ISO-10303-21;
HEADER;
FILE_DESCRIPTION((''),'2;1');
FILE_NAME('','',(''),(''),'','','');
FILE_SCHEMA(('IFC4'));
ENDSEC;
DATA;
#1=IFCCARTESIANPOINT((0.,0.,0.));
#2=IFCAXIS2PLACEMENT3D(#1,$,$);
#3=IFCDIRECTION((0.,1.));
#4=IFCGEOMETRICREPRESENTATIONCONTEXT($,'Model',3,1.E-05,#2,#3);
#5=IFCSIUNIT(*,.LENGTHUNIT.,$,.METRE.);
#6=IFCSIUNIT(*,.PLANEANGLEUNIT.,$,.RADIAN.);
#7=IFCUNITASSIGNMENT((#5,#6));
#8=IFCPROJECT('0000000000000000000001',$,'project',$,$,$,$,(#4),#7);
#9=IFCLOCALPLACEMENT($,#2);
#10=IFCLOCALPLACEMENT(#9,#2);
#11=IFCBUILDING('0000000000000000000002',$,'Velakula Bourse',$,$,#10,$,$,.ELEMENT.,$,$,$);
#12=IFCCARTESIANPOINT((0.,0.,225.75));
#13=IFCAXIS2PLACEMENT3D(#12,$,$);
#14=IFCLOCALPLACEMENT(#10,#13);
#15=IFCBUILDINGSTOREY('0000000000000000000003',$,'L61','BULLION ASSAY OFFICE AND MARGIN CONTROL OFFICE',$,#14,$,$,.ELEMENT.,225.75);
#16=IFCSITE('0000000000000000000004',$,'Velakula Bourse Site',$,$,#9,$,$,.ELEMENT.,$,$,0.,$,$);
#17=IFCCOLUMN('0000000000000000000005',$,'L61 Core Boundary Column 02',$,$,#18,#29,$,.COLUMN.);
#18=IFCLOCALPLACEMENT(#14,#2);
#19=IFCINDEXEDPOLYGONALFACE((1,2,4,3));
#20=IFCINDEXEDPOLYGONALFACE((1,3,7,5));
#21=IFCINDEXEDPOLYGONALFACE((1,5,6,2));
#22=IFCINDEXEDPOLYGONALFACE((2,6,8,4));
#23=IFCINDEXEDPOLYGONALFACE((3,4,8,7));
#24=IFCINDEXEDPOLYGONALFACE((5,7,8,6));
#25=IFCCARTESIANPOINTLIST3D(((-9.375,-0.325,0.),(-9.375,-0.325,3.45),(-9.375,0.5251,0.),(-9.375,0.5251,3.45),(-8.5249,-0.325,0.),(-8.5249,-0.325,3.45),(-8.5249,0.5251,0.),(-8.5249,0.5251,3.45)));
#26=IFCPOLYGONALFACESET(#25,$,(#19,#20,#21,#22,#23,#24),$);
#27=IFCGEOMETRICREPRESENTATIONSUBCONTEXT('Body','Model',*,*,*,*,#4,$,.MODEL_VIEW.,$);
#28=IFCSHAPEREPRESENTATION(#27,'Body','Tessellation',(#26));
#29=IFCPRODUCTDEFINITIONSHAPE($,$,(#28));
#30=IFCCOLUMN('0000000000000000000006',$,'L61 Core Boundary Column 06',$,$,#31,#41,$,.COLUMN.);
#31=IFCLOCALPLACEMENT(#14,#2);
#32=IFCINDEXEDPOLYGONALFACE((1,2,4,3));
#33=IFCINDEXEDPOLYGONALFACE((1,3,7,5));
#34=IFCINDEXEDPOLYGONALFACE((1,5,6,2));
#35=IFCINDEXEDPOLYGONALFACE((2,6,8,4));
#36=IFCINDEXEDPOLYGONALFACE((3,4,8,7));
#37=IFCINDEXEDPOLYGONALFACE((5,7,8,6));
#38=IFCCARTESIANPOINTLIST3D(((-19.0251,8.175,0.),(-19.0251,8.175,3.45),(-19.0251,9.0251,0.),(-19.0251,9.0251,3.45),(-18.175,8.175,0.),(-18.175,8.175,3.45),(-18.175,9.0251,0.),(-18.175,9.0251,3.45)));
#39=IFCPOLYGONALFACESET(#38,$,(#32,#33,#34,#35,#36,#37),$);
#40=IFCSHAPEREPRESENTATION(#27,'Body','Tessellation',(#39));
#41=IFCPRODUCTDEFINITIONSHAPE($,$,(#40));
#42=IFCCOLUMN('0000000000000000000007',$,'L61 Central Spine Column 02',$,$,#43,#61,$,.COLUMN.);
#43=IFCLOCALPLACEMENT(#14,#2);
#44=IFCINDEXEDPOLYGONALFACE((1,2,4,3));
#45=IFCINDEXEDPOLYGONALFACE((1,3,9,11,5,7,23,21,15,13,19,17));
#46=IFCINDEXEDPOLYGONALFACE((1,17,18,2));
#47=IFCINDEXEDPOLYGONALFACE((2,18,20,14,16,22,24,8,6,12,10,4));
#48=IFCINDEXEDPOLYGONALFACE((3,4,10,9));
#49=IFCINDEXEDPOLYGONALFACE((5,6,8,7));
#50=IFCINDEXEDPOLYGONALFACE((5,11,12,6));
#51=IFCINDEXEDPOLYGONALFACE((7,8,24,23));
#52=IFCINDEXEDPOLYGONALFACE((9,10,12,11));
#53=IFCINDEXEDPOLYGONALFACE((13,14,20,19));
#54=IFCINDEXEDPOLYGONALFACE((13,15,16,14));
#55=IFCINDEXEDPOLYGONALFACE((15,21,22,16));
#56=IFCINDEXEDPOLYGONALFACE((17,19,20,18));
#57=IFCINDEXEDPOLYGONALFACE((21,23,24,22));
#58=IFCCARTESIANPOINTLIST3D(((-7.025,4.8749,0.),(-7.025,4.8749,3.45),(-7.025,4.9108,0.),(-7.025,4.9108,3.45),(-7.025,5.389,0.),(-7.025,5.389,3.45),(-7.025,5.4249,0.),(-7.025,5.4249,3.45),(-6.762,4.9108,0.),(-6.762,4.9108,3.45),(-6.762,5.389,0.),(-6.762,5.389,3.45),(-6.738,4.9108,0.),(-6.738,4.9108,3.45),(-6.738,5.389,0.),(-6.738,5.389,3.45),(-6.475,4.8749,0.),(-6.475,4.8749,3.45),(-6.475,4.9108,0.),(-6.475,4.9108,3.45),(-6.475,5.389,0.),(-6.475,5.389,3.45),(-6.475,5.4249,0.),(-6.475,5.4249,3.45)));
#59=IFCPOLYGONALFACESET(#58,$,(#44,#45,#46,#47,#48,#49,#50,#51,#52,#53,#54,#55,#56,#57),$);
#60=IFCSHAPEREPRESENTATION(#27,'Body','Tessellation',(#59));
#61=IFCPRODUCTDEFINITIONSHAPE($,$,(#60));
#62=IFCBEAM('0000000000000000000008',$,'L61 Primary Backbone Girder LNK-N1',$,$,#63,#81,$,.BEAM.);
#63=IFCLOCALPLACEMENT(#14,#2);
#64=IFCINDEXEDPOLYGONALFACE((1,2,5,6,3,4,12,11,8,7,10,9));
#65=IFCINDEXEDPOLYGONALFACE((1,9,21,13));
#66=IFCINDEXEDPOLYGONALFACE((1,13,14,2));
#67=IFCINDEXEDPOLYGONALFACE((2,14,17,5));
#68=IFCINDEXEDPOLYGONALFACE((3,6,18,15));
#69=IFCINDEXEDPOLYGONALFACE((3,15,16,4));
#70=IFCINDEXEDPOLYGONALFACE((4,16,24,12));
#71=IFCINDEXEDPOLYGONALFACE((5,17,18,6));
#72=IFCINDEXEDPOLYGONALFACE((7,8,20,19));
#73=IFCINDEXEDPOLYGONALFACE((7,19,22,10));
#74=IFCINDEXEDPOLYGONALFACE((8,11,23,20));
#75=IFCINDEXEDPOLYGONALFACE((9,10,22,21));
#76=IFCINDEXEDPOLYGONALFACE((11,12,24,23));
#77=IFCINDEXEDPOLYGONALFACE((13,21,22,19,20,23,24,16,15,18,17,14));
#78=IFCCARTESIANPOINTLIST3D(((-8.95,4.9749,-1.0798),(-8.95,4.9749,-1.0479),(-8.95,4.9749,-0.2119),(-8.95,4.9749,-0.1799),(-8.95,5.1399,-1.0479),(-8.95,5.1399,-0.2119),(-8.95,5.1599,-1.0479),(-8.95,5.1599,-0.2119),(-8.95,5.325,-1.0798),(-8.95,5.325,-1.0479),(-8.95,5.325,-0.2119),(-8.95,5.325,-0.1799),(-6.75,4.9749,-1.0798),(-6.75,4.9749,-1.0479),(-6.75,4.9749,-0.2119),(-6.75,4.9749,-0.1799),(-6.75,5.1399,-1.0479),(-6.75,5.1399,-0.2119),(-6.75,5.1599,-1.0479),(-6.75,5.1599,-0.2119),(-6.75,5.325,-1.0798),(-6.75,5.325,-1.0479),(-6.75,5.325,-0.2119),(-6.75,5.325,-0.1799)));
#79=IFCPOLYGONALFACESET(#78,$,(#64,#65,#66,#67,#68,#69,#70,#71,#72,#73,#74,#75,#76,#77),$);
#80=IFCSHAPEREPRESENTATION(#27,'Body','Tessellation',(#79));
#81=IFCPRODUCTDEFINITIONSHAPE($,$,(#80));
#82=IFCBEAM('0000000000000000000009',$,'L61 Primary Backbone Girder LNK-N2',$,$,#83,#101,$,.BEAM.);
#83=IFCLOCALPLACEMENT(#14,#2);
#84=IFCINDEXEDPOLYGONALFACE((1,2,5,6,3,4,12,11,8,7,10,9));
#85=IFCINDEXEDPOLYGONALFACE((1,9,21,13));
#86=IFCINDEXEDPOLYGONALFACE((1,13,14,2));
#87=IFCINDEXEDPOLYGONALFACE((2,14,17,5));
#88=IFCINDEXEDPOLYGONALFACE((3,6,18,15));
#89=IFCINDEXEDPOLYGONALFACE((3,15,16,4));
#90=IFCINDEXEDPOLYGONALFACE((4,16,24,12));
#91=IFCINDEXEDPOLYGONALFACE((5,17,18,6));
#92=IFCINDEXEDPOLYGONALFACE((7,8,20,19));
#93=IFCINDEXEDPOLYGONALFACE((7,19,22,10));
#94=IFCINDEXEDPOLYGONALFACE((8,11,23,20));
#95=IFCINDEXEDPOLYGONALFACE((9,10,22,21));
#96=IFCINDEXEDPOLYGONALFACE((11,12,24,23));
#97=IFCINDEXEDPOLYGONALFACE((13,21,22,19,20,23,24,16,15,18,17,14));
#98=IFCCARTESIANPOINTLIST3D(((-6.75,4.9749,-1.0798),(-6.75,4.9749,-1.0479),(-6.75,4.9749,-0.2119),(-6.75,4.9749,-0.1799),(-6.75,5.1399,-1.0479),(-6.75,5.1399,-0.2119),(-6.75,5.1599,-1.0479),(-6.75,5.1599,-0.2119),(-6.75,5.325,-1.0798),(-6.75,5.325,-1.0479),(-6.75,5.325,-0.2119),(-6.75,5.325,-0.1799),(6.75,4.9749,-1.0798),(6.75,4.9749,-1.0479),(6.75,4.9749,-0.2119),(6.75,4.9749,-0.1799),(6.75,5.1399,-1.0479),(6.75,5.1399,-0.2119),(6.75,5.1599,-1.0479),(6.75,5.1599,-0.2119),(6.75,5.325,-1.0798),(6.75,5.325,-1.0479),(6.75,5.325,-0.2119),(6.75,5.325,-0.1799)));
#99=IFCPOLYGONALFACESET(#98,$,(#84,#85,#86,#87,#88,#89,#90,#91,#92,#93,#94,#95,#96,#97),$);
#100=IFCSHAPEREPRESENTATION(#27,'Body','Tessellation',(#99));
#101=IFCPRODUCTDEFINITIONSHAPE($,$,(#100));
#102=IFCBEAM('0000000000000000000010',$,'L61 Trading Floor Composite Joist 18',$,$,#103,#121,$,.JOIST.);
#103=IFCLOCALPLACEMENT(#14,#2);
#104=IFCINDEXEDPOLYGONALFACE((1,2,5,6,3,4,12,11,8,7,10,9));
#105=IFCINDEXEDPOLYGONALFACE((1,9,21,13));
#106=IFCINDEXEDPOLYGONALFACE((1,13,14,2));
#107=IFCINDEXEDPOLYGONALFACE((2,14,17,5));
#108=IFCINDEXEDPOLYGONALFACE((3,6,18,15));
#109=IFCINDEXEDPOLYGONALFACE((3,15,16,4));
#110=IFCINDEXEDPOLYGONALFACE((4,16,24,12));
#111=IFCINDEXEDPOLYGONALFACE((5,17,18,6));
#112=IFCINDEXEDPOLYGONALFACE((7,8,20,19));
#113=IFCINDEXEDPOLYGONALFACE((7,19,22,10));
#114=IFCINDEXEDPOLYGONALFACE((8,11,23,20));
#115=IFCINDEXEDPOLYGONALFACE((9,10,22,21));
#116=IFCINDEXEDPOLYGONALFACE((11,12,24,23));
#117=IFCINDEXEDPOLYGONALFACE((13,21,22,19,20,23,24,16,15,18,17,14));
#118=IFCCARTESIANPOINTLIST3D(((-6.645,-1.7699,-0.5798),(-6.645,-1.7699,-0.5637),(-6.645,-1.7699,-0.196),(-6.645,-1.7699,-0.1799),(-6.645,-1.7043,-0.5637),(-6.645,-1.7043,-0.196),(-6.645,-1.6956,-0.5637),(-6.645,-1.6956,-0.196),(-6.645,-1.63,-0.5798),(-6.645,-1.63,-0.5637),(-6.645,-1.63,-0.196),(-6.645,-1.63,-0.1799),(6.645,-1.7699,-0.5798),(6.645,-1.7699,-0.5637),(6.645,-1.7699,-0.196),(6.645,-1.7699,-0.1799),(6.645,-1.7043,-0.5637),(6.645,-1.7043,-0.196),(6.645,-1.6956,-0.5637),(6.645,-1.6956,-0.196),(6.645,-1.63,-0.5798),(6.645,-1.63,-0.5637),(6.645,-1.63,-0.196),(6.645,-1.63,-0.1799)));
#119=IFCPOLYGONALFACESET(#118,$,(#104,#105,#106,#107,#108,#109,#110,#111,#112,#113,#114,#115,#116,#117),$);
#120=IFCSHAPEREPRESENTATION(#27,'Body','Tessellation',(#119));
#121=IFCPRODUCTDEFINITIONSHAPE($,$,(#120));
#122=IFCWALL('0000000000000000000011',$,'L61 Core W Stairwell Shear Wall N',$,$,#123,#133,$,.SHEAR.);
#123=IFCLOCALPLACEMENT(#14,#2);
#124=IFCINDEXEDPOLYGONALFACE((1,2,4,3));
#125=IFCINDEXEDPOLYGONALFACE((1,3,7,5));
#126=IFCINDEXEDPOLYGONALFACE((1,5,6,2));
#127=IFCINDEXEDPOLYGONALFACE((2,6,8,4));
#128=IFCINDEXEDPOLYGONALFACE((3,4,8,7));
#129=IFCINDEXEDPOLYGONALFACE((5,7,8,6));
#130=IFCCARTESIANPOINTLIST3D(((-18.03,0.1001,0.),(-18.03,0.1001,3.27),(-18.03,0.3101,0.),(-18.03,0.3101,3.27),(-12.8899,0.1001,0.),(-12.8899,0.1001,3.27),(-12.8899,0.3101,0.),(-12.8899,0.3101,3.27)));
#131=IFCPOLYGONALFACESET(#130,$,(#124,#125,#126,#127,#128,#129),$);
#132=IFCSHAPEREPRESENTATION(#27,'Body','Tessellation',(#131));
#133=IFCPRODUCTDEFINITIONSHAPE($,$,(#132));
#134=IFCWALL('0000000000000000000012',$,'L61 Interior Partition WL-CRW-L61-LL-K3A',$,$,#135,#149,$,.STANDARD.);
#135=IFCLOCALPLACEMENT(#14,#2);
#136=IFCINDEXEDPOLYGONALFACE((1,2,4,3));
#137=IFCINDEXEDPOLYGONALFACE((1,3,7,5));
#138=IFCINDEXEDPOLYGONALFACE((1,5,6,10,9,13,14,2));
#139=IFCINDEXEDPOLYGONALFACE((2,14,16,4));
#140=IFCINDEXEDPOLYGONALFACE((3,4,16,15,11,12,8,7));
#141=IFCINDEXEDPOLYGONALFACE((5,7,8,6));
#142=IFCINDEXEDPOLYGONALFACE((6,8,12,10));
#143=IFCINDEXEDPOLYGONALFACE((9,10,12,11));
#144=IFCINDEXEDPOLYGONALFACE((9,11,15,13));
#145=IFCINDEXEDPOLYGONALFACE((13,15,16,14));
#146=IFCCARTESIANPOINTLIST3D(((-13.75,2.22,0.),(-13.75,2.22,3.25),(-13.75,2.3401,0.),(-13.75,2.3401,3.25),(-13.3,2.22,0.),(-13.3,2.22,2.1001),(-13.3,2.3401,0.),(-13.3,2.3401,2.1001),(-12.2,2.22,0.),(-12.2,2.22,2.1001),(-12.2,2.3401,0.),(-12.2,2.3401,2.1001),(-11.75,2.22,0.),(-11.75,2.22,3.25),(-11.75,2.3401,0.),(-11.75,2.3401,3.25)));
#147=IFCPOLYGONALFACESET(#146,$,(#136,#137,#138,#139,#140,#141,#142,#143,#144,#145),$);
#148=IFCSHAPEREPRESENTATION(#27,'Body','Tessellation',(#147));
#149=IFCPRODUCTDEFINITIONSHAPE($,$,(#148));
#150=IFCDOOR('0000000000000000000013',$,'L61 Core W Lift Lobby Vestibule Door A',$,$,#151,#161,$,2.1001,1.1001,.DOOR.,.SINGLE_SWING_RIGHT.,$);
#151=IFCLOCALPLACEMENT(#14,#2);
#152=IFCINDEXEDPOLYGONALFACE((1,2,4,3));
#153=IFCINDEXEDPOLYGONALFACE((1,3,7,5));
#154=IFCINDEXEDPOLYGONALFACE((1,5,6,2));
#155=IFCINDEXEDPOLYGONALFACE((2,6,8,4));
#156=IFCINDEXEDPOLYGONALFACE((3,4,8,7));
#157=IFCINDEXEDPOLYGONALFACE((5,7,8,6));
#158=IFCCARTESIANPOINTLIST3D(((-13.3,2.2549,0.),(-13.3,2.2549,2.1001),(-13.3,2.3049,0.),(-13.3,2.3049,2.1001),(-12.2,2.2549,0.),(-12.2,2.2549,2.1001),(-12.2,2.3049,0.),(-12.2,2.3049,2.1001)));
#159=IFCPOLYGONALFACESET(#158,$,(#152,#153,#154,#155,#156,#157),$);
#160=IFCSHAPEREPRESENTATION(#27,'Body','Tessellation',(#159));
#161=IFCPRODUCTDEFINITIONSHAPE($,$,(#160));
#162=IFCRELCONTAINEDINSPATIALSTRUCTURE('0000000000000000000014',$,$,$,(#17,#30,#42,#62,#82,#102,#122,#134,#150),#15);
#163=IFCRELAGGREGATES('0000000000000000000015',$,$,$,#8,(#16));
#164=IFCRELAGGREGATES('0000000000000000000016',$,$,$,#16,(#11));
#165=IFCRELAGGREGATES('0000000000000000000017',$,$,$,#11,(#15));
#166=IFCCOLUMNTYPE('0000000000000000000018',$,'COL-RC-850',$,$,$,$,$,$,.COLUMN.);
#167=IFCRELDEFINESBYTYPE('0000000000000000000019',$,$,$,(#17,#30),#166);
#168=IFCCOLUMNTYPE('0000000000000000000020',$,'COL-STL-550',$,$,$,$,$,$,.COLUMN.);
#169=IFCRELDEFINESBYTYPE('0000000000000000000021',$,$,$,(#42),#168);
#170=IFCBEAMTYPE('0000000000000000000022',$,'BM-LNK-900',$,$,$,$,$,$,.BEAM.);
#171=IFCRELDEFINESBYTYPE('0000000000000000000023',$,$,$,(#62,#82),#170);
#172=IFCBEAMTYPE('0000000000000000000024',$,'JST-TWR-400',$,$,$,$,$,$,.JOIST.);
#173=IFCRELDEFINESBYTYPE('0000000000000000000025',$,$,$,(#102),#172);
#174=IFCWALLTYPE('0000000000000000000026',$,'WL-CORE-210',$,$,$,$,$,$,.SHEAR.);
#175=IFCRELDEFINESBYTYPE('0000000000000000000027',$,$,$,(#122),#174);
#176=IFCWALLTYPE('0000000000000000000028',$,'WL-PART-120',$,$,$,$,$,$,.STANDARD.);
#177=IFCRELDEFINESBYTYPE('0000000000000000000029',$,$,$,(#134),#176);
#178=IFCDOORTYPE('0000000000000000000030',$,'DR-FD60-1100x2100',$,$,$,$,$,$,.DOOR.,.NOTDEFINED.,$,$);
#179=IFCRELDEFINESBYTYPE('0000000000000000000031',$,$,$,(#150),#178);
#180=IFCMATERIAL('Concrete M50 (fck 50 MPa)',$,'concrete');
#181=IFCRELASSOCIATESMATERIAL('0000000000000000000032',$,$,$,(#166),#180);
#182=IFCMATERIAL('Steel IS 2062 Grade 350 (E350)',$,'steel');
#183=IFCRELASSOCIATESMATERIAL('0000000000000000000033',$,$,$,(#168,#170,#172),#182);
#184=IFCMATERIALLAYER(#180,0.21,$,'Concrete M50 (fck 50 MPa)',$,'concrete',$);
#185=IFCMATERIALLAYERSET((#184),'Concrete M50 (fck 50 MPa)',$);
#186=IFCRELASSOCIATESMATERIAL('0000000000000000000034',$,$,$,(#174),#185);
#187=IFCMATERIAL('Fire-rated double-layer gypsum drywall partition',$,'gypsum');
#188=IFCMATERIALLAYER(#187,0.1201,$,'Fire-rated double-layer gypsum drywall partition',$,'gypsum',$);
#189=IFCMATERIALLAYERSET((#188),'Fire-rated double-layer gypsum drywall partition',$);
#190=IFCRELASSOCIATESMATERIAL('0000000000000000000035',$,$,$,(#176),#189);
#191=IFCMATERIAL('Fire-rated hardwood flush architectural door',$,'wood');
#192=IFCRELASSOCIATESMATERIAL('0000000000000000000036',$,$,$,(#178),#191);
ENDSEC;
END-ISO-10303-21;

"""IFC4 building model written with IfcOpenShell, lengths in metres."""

from ifc_helpers import new_model, si_unit, direction, frame, frame_2d, origin, origin_2d, place, context, subcontext, project, spatial, rectangle, i_section, extrude, material, layer, layer_set, material_profile, profile_set, type_object, element, fill, save


model = new_model("IFC4")

# Units and contexts
model_context = context("Model", 3, precision=1e-05, world=origin(), true_north=direction((0.0, 1.0)))
body_context = subcontext(model_context, "Body", "Model", "MODEL_VIEW")
ifc_project = project(units=[si_unit("LENGTHUNIT", "METRE"), si_unit("PLANEANGLEUNIT", "RADIAN")], contexts=[model_context])

# Site, building, storey
site_placement = place(None, origin())
site = spatial("IfcSite", under=ifc_project, at=site_placement, Name="Velakula Bourse Site", CompositionType="ELEMENT", RefElevation=0.0)
building_placement = place(site_placement, origin())
building = spatial("IfcBuilding", under=site, at=building_placement, Name="Velakula Bourse", CompositionType="ELEMENT")
storey_placement = place(building_placement, frame((0.0, 0.0, 225.75)))
storey = spatial("IfcBuildingStorey", under=building, at=storey_placement, Name="L61", Description="BULLION ASSAY OFFICE AND MARGIN CONTROL OFFICE", CompositionType="ELEMENT", Elevation=225.75)

# Columns
ifc_material_1 = material(Name="Concrete M50 (fck 50 MPa)", Category="concrete")
ifc_material_profile_1 = material_profile(ifc_material_1, rectangle(XDim=0.8501, YDim=0.8501, at=origin_2d()), Name="Concrete M50 (fck 50 MPa)")
ifc_profile_set_1 = profile_set([ifc_material_profile_1], Name="Concrete M50 (fck 50 MPa)")
column_type_1 = type_object("IfcColumnType", Name="COL-RC-850", PredefinedType="COLUMN", material=ifc_profile_set_1)
for number, where, z_axis, x_axis, name in (
    (1, (-8.95, 0.1001, 0.0), (0.0, 0.0, 1.0), (1.0, 0.0, 0.0), "L61 Core Boundary Column 02"),
    (2, (-18.6001, 8.6001, 0.0), (0.0, 0.0, 1.0), (1.0, 0.0, 0.0), "L61 Core Boundary Column 06"),
):
    element("IfcColumn", number, at=place(storey_placement, frame(where, z_axis=z_axis, x_axis=x_axis)), inside=storey, type_object=column_type_1, Name=name, PredefinedType="COLUMN", context=body_context, shape_type="SweptSolid", body=[
        extrude(rectangle(XDim=0.8501, YDim=0.8501, at=origin_2d()), origin(), (0.0, 0.0, 1.0), 3.45),
    ])
ifc_material_2 = material(Name="Steel IS 2062 Grade 350 (E350)", Category="steel")
ifc_material_profile_2 = material_profile(ifc_material_2, i_section(OverallWidth=0.55, OverallDepth=0.55, WebThickness=0.0239, FlangeThickness=0.0359, at=origin_2d()), Name="Steel IS 2062 Grade 350 (E350)")
ifc_profile_set_2 = profile_set([ifc_material_profile_2], Name="Steel IS 2062 Grade 350 (E350)")
column_type_2 = type_object("IfcColumnType", Name="COL-STL-550", PredefinedType="COLUMN", material=ifc_profile_set_2)
column_placement = place(storey_placement, frame((-6.75, 5.1499, 0.0), z_axis=(0.0, 0.0, 1.0), x_axis=(1.0, 0.0, 0.0)))
element("IfcColumn", 3, at=column_placement, inside=storey, type_object=column_type_2, Name="L61 Central Spine Column 02", PredefinedType="COLUMN", context=body_context, shape_type="SweptSolid", body=[
    extrude(i_section(OverallWidth=0.55, OverallDepth=0.55, WebThickness=0.0239, FlangeThickness=0.0359, at=origin_2d()), origin(), (0.0, 0.0, 1.0), 3.45),
])

# Beams
ifc_material_profile_3 = material_profile(ifc_material_2, i_section(OverallWidth=0.3501, OverallDepth=0.8999, WebThickness=0.02, FlangeThickness=0.032, at=origin_2d()), Name="Steel IS 2062 Grade 350 (E350)")
ifc_profile_set_3 = profile_set([ifc_material_profile_3], Name="Steel IS 2062 Grade 350 (E350)")
beam_type_1 = type_object("IfcBeamType", Name="BM-LNK-900", PredefinedType="BEAM", material=ifc_profile_set_3)
beam_1_placement = place(storey_placement, frame((-8.95, 5.1499, -0.6299), z_axis=(1.0, 0.0, 0.0), x_axis=(0.0, 1.0, 0.0)))
element("IfcBeam", 4, at=beam_1_placement, inside=storey, type_object=beam_type_1, Name="L61 Primary Backbone Girder LNK-N1", PredefinedType="BEAM", context=body_context, shape_type="SweptSolid", body=[
    extrude(i_section(OverallWidth=0.3501, OverallDepth=0.8999, WebThickness=0.02, FlangeThickness=0.032, at=origin_2d()), origin(), (0.0, 0.0, 1.0), 2.2),
])
beam_2_placement = place(storey_placement, frame((-6.75, 5.1499, -0.6299), z_axis=(1.0, 0.0, 0.0), x_axis=(0.0, 1.0, 0.0)))
element("IfcBeam", 5, at=beam_2_placement, inside=storey, type_object=beam_type_1, Name="L61 Primary Backbone Girder LNK-N2", PredefinedType="BEAM", context=body_context, shape_type="SweptSolid", body=[
    extrude(i_section(OverallWidth=0.3501, OverallDepth=0.8999, WebThickness=0.02, FlangeThickness=0.032, at=origin_2d()), origin(), (0.0, 0.0, 1.0), 13.5),
])
ifc_material_profile_4 = material_profile(ifc_material_2, i_section(OverallWidth=0.1399, OverallDepth=0.3999, WebThickness=0.0088, FlangeThickness=0.0161, at=origin_2d()), Name="Steel IS 2062 Grade 350 (E350)")
ifc_profile_set_4 = profile_set([ifc_material_profile_4], Name="Steel IS 2062 Grade 350 (E350)")
beam_type_2 = type_object("IfcBeamType", Name="JST-TWR-400", PredefinedType="JOIST", material=ifc_profile_set_4)
beam_3_placement = place(storey_placement, frame((-6.645, -1.7, -0.3799), z_axis=(1.0, 0.0, 0.0), x_axis=(0.0, 1.0, 0.0)))
element("IfcBeam", 6, at=beam_3_placement, inside=storey, type_object=beam_type_2, Name="L61 Trading Floor Composite Joist 18", PredefinedType="JOIST", context=body_context, shape_type="SweptSolid", body=[
    extrude(i_section(OverallWidth=0.1399, OverallDepth=0.3999, WebThickness=0.0088, FlangeThickness=0.0161, at=origin_2d()), origin(), (0.0, 0.0, 1.0), 13.29),
])

# Wall
ifc_layer_1 = layer(ifc_material_1, 0.21, Name="Concrete M50 (fck 50 MPa)", Category="concrete")
ifc_layer_set_1 = layer_set([ifc_layer_1], Name="Concrete M50 (fck 50 MPa)")
wall_type_1 = type_object("IfcWallType", Name="WL-CORE-210", PredefinedType="SHEAR", material=ifc_layer_set_1)
wall_1_placement = place(storey_placement, frame((-12.8899, 0.2051, 0.0), z_axis=(0.0, 0.0, 1.0), x_axis=(-1.0, 0.0, 0.0)))
element("IfcWall", 7, at=wall_1_placement, inside=storey, type_object=wall_type_1, Name="L61 Core W Stairwell Shear Wall N", PredefinedType="SHEAR", context=body_context, shape_type="SweptSolid", body=[
    extrude(rectangle(XDim=5.1401, YDim=0.21, at=frame_2d((2.5701, 0.0))), origin(), (0.0, 0.0, 1.0), 3.27),
])

# Wall, opening, door
ifc_material_3 = material(Name="Fire-rated double-layer gypsum drywall partition", Category="gypsum")
ifc_layer_2 = layer(ifc_material_3, 0.1201, Name="Fire-rated double-layer gypsum drywall partition", Category="gypsum")
ifc_layer_set_2 = layer_set([ifc_layer_2], Name="Fire-rated double-layer gypsum drywall partition")
wall_type_2 = type_object("IfcWallType", Name="WL-PART-120", PredefinedType="STANDARD", material=ifc_layer_set_2)
wall_2_placement = place(storey_placement, frame((-13.75, 2.28, 0.0), z_axis=(0.0, 0.0, 1.0), x_axis=(1.0, 0.0, 0.0)))
wall_2 = element("IfcWall", 8, at=wall_2_placement, inside=storey, type_object=wall_type_2, Name="L61 Interior Partition WL-CRW-L61-LL-K3A", PredefinedType="STANDARD", context=body_context, shape_type="SweptSolid", body=[
    extrude(rectangle(XDim=2.0, YDim=0.1201, at=frame_2d((1.0, 0.0))), origin(), (0.0, 0.0, 1.0), 3.25),
])
opening_1_placement = place(wall_2_placement, frame((0.45, 0.0, 0.0)))
opening_1 = element("IfcOpeningElement", 9, at=opening_1_placement, cuts=wall_2, PredefinedType="OPENING", context=body_context, shape_type="SweptSolid", body=[
    extrude(rectangle(XDim=1.1001, YDim=2.1001, at=frame_2d((0.55, 1.05))), frame((0.0, 0.0701, 0.0), z_axis=(0.0, -1.0, 0.0), x_axis=(1.0, 0.0, 0.0)), (0.0, 0.0, 1.0), 0.1401),
])
ifc_material_4 = material(Name="Fire-rated hardwood flush architectural door", Category="wood")
door_type_1 = type_object("IfcDoorType", Name="DR-FD60-1100x2100", OperationType="NOTDEFINED", PredefinedType="DOOR", material=ifc_material_4)
door_1_placement = place(opening_1_placement, origin())
door_1 = element("IfcDoor", 10, at=door_1_placement, inside=storey, type_object=door_type_1, Name="L61 Core W Lift Lobby Vestibule Door A", OperationType="SINGLE_SWING_RIGHT", OverallHeight=2.1001, OverallWidth=1.1001, PredefinedType="DOOR", context=body_context, shape_type="SweptSolid", body=[
    extrude(rectangle(XDim=1.1001, YDim=2.1001, at=frame_2d((0.55, 1.05))), frame((0.0, 0.0249, 0.0), z_axis=(0.0, -1.0, 0.0), x_axis=(1.0, 0.0, 0.0)), (0.0, 0.0, 1.0), 0.05),
])
fill(opening_1, door_1)

save(model, "model.ifc")
